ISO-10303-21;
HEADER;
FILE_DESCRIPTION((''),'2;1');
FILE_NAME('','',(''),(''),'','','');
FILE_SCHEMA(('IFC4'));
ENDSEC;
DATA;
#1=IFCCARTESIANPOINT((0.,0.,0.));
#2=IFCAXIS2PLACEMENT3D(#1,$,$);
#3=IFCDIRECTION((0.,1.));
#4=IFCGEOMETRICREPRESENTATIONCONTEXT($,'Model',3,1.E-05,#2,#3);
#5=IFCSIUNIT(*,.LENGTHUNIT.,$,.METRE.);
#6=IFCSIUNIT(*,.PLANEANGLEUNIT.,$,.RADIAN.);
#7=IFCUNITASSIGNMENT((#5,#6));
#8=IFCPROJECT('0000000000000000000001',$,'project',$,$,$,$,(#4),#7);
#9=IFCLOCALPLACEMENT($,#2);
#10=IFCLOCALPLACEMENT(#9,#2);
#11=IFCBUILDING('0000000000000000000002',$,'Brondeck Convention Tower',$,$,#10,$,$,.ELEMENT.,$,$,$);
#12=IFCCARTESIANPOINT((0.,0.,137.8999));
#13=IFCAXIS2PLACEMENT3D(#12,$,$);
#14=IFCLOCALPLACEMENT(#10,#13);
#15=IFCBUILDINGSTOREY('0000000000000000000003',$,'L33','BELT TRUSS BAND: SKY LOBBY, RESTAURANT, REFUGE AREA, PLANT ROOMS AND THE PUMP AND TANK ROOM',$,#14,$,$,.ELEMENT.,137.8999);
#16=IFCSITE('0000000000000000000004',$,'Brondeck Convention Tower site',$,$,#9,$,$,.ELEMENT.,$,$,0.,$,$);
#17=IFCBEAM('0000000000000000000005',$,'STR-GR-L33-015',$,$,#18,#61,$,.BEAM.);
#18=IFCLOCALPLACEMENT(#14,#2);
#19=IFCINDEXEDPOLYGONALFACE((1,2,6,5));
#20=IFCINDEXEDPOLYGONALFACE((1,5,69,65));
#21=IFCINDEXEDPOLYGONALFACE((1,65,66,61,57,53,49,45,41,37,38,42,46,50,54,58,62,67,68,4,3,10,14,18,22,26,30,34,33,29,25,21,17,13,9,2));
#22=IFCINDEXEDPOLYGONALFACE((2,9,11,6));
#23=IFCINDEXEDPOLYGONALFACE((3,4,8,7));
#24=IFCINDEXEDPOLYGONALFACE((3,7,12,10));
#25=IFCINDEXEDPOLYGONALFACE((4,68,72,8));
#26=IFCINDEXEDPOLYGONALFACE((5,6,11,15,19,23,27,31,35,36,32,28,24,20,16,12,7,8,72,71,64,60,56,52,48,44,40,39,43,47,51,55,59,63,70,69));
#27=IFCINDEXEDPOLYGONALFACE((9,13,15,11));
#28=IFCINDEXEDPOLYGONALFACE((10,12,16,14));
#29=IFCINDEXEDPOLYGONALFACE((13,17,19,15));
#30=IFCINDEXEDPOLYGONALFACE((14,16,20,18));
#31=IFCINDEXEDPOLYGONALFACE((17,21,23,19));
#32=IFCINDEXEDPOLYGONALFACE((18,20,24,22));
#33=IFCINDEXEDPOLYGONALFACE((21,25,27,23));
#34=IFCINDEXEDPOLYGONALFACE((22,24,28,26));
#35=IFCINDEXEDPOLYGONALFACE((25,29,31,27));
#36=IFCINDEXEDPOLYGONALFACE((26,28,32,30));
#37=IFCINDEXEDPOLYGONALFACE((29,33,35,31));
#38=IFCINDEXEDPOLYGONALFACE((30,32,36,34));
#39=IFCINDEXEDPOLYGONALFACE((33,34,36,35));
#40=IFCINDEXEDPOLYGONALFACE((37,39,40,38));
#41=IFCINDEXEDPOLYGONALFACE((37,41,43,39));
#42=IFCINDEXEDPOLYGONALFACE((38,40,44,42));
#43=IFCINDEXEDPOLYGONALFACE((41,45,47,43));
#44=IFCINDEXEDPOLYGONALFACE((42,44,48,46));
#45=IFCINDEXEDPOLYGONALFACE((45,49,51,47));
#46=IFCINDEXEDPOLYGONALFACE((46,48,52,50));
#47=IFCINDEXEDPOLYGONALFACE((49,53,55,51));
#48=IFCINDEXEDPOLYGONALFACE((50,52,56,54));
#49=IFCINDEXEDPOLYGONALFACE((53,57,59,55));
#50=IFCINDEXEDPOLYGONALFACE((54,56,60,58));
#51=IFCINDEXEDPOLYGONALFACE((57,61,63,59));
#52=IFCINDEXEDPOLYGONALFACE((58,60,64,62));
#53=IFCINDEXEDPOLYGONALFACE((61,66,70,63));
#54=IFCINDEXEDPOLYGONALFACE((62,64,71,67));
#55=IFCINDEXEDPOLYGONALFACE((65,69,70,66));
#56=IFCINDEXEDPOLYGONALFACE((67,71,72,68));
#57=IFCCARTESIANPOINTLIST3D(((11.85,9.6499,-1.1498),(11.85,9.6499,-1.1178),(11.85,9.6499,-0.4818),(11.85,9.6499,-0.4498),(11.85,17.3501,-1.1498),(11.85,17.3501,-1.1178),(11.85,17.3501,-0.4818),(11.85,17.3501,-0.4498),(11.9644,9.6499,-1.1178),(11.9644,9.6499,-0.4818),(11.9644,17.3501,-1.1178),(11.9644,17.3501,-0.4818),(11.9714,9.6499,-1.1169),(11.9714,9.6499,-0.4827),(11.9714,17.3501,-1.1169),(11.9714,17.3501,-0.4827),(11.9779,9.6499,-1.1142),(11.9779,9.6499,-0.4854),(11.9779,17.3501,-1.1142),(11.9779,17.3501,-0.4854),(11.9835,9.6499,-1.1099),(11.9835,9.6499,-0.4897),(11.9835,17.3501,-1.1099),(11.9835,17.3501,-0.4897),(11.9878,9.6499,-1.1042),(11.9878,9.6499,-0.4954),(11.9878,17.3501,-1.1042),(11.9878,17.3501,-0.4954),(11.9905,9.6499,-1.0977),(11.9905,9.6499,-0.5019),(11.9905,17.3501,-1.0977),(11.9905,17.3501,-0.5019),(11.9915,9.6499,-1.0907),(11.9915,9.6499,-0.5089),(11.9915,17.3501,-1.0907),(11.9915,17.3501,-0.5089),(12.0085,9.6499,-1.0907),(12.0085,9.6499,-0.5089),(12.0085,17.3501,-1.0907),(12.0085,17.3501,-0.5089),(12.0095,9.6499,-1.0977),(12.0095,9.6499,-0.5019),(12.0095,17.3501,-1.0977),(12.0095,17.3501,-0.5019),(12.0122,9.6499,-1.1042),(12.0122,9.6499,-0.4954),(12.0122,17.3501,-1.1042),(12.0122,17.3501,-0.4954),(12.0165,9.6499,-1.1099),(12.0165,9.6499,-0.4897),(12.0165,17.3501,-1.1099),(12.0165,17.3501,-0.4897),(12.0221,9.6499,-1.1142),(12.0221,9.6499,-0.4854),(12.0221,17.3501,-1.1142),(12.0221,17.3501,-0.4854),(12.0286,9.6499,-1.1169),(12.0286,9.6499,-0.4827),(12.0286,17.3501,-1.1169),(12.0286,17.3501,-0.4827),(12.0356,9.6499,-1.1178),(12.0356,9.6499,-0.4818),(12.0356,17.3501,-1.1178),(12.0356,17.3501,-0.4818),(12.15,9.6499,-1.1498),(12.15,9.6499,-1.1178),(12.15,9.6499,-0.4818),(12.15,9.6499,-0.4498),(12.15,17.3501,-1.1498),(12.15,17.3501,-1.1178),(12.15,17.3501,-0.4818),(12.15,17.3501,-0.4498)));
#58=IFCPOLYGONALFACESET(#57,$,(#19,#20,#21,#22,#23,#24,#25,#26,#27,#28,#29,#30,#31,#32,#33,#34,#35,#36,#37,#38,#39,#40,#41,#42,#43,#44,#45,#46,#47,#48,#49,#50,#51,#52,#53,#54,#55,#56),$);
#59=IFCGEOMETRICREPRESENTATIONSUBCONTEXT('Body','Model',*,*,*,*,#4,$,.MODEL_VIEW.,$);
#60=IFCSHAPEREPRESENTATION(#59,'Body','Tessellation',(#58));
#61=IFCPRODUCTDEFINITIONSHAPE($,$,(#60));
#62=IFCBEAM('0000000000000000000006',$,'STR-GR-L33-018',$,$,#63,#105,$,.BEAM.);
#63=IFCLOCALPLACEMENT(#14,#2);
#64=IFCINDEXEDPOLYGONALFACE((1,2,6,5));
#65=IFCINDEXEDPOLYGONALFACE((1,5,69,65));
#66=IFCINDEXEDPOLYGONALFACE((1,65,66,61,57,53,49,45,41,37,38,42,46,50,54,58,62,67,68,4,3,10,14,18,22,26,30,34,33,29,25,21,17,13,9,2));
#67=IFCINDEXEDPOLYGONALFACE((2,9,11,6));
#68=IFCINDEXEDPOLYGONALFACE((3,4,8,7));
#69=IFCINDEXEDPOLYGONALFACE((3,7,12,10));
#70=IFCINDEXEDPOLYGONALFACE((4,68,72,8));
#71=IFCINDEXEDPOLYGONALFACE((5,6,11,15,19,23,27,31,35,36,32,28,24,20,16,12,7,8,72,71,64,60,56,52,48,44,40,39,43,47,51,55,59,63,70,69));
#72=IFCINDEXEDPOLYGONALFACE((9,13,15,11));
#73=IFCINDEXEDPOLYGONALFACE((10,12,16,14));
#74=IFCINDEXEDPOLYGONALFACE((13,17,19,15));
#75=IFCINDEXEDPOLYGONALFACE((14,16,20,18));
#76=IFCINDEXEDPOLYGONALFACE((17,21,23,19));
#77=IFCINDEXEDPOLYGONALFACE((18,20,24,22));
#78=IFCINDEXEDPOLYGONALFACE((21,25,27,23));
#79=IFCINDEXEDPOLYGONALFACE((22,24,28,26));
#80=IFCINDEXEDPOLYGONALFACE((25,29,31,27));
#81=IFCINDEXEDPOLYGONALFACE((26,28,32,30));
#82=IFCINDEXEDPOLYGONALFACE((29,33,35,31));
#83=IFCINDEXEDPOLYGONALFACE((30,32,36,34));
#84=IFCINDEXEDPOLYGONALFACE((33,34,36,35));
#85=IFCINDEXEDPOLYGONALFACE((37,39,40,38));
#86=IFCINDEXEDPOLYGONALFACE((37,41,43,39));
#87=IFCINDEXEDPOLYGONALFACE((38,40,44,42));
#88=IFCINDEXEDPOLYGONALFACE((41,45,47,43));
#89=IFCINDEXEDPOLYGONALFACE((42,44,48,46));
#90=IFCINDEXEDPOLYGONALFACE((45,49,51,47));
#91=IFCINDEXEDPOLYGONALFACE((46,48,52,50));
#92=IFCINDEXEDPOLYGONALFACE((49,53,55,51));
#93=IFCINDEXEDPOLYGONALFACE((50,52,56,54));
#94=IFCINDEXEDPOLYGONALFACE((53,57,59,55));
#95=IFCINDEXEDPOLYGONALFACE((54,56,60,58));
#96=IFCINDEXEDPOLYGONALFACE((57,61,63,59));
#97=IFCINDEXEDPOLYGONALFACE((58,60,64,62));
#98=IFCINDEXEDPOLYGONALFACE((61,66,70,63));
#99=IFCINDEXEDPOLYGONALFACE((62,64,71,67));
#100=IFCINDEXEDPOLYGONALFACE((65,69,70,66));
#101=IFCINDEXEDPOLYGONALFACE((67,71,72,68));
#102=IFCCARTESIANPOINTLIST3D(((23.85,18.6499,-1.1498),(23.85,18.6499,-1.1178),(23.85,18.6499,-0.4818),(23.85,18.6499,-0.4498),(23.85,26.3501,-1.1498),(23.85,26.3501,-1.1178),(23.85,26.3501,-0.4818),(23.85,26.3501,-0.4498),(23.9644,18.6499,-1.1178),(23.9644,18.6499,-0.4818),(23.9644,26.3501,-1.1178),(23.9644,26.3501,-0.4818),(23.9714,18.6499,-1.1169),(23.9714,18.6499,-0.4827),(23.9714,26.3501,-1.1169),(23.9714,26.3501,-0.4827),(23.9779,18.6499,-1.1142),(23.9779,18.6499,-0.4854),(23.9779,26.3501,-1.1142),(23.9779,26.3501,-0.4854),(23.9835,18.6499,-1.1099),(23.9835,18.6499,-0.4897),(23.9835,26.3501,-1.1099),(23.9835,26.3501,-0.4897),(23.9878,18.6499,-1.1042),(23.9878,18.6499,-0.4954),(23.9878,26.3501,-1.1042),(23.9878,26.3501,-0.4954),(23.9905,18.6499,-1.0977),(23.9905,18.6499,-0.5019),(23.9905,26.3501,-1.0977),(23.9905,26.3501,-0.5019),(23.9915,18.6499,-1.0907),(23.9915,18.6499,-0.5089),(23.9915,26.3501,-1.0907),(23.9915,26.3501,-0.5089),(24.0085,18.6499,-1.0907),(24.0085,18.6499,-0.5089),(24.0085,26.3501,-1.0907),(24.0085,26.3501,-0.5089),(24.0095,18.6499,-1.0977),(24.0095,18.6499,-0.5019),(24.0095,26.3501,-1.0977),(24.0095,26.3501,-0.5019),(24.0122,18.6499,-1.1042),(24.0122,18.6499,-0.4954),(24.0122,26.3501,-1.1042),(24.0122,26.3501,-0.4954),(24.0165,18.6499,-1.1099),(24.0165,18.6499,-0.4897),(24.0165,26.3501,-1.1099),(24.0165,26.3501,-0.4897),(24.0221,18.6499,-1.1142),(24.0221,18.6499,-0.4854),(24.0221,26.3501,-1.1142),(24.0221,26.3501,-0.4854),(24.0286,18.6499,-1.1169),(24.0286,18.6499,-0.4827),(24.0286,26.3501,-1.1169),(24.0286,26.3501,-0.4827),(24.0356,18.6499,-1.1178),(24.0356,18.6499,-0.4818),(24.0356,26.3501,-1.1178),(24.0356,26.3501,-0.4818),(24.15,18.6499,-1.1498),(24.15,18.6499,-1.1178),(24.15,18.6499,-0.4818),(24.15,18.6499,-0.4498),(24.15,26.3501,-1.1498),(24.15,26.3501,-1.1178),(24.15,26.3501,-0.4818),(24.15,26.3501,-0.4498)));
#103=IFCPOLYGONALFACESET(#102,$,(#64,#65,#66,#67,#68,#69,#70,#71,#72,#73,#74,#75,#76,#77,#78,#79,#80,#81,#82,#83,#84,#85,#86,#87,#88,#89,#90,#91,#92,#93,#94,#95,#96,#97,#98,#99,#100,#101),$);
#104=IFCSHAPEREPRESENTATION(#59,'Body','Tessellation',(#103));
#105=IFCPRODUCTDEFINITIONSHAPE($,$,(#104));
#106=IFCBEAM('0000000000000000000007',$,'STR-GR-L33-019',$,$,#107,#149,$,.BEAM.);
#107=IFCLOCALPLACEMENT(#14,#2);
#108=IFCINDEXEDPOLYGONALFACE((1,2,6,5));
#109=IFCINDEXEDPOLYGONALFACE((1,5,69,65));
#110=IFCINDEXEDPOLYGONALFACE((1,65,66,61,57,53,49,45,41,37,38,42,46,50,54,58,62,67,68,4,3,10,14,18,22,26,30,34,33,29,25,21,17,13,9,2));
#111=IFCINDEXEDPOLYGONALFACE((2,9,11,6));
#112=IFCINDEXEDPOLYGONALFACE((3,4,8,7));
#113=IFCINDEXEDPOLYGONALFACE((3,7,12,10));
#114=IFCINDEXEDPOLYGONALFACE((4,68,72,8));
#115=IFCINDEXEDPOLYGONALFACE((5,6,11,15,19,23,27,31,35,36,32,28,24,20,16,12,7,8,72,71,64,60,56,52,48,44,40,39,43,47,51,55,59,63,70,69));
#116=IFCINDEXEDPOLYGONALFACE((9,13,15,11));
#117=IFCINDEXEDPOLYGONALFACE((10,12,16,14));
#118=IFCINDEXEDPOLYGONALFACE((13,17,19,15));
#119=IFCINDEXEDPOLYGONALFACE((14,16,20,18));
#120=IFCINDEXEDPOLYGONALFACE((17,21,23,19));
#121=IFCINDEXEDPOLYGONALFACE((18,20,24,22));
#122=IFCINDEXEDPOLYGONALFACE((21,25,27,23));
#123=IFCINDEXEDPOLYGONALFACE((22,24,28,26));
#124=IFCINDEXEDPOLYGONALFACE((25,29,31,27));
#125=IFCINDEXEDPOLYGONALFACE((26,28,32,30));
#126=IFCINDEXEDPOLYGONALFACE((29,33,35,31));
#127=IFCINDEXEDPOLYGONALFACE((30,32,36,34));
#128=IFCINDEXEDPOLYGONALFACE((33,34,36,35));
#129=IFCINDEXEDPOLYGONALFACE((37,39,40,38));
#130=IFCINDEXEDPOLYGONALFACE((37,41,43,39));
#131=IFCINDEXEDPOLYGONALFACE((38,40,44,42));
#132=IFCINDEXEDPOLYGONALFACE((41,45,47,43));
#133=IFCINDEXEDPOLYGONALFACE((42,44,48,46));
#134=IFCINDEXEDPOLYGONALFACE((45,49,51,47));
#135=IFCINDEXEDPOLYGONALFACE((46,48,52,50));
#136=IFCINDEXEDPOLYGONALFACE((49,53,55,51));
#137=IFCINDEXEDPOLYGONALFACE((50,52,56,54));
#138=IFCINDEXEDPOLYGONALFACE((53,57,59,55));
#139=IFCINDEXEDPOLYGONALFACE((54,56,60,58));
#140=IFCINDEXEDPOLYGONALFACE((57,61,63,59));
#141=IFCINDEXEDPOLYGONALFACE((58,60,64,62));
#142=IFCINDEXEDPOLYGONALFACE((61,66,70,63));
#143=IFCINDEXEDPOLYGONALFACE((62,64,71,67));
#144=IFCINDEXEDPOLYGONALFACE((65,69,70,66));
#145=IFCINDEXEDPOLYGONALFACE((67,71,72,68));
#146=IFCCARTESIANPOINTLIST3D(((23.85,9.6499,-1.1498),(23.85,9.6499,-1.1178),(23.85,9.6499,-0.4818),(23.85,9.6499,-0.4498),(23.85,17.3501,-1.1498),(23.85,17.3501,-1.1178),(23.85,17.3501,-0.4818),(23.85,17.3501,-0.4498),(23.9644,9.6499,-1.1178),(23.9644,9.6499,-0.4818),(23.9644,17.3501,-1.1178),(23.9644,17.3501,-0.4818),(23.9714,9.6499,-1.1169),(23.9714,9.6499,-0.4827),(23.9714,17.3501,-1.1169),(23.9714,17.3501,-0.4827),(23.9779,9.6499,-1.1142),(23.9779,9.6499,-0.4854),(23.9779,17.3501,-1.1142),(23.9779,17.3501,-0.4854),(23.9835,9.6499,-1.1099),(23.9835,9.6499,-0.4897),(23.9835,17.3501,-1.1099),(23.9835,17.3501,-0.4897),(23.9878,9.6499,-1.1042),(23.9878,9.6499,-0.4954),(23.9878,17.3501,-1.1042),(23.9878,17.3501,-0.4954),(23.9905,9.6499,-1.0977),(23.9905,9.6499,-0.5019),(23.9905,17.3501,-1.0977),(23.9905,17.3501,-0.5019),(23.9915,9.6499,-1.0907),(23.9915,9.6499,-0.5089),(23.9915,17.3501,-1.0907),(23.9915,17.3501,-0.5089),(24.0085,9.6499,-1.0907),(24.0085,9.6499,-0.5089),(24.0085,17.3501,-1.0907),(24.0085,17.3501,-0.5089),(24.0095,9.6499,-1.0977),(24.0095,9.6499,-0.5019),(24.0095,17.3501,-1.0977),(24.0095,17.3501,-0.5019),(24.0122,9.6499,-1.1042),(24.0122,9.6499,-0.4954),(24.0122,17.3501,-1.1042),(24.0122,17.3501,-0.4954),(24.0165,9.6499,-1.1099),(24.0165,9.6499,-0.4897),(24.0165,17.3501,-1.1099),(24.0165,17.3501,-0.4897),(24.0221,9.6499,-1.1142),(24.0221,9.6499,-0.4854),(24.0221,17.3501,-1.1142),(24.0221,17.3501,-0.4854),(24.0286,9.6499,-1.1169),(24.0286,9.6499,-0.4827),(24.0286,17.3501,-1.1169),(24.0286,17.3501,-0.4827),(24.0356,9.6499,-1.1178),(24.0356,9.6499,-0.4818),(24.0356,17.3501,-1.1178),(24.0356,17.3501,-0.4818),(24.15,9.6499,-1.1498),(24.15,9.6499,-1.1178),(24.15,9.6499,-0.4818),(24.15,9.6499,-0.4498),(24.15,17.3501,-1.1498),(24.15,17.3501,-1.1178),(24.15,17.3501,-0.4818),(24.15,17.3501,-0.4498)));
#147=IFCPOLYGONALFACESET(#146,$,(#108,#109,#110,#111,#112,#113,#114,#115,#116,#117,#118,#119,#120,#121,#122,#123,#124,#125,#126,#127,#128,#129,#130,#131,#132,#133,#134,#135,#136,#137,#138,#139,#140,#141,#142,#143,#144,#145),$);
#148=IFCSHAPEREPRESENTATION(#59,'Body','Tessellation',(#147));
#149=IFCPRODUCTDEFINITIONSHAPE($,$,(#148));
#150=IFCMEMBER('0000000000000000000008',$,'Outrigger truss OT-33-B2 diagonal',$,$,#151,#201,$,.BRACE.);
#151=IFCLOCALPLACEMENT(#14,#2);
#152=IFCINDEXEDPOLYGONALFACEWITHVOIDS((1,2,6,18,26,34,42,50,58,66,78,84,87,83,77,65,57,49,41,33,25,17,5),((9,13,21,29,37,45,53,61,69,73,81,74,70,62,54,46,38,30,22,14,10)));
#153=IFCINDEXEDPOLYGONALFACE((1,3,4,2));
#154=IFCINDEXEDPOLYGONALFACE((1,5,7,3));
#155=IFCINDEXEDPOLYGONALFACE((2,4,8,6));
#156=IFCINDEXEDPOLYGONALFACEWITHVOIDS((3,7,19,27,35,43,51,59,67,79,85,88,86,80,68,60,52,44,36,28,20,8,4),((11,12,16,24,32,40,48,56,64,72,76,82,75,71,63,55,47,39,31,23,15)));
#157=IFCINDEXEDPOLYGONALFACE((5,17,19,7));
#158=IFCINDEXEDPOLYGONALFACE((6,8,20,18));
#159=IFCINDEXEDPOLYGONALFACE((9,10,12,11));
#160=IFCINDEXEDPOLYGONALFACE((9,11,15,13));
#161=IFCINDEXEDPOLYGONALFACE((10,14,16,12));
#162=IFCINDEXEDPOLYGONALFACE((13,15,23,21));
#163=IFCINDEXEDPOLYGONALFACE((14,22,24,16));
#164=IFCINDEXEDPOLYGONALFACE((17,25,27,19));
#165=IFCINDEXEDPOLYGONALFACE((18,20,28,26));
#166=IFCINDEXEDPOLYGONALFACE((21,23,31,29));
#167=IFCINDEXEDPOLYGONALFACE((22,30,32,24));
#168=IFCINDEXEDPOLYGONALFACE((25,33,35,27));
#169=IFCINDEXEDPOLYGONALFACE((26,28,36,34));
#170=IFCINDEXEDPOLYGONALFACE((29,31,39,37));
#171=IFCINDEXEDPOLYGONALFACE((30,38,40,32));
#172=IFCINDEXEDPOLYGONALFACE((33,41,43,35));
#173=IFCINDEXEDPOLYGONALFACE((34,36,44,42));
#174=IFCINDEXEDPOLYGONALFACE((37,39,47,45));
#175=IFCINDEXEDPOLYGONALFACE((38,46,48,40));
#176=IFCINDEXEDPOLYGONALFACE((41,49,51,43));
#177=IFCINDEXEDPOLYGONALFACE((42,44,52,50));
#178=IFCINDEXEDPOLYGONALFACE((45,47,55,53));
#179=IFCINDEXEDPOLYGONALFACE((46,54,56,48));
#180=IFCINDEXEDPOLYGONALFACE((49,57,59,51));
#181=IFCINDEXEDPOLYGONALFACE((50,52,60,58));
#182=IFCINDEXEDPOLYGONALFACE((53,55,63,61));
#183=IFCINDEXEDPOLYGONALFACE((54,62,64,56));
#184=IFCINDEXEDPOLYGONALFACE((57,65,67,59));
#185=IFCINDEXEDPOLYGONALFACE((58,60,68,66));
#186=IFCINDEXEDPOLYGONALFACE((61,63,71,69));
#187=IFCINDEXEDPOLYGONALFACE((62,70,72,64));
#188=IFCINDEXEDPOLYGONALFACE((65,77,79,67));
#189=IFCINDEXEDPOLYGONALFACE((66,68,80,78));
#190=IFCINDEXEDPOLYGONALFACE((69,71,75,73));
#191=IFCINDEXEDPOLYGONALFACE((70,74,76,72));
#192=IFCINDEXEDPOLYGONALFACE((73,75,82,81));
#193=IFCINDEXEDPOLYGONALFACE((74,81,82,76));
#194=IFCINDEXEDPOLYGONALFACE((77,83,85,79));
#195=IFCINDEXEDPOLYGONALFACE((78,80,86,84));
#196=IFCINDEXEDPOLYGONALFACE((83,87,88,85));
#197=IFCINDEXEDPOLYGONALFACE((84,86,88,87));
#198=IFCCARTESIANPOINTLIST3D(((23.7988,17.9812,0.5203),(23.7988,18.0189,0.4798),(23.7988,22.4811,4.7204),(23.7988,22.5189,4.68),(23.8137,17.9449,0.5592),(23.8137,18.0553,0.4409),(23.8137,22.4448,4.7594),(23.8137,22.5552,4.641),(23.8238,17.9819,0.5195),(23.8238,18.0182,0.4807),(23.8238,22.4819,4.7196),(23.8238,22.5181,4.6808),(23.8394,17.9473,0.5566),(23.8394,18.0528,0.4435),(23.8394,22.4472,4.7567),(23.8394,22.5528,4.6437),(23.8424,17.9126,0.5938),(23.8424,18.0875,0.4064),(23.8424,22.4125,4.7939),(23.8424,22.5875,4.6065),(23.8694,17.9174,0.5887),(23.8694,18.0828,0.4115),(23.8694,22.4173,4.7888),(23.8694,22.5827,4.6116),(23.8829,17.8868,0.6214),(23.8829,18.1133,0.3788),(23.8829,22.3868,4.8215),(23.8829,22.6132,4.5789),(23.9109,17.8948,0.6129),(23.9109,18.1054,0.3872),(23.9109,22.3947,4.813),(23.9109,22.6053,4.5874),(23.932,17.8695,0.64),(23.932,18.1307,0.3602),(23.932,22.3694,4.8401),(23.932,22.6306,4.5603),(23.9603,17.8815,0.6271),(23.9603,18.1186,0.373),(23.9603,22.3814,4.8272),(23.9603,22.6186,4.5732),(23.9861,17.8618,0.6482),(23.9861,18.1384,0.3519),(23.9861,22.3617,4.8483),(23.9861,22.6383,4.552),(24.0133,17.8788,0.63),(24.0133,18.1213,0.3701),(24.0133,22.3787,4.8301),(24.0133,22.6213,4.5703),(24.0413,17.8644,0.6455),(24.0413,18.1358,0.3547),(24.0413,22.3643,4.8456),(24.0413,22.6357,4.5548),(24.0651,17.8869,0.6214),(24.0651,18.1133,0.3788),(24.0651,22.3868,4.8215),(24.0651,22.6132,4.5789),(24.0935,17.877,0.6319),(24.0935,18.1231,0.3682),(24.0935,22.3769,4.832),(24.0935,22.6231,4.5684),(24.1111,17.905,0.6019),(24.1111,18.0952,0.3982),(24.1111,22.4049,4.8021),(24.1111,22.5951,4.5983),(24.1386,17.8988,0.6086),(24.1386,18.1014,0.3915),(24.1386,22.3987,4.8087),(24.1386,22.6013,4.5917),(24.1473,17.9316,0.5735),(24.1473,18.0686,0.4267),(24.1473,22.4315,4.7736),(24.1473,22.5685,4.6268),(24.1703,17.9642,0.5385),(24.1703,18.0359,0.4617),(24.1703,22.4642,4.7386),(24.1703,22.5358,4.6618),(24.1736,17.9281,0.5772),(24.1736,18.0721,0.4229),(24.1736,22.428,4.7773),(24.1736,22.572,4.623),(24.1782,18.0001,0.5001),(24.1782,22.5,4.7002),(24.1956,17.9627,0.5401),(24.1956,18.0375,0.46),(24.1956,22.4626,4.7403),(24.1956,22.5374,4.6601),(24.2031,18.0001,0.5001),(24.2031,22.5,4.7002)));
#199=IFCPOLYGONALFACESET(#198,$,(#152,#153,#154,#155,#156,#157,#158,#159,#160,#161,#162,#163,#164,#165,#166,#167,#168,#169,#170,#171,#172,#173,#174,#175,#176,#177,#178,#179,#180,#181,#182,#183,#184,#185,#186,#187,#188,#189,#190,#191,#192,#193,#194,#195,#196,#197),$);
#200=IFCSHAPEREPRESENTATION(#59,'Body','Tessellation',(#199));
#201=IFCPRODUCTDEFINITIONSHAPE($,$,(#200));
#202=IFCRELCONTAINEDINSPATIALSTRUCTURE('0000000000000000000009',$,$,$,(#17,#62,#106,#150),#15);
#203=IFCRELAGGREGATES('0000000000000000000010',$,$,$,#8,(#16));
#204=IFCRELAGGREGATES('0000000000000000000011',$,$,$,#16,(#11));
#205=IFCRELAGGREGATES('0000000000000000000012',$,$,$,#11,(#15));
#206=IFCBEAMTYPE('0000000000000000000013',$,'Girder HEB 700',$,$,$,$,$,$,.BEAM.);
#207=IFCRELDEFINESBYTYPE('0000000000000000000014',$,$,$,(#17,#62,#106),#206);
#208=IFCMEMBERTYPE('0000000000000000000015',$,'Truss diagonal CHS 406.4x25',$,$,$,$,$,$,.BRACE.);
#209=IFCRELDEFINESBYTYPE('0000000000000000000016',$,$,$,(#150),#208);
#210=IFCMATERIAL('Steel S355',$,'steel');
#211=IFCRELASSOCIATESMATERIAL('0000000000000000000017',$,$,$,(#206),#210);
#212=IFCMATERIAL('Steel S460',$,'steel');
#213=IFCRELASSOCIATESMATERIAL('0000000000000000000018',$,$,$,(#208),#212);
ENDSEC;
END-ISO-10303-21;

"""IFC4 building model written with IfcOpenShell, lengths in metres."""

from ifc_helpers import new_model, si_unit, direction, frame, origin, origin_2d, place, context, subcontext, project, spatial, hollow_circle, i_section, extrude, material, material_profile, profile_set, type_object, element, save


model = new_model("IFC4")

# Units and contexts
model_context = context("Model", 3, precision=1e-05, world=origin(), true_north=direction((0.0, 1.0)))
body_context = subcontext(model_context, "Body", "Model", "MODEL_VIEW")
ifc_project = project(units=[si_unit("LENGTHUNIT", "METRE"), si_unit("PLANEANGLEUNIT", "RADIAN")], contexts=[model_context])

# Site, building, storey
site_placement = place(None, origin())
site = spatial("IfcSite", under=ifc_project, at=site_placement, Name="Brondeck Convention Tower site", CompositionType="ELEMENT", RefElevation=0.0)
building_placement = place(site_placement, origin())
building = spatial("IfcBuilding", under=site, at=building_placement, Name="Brondeck Convention Tower", CompositionType="ELEMENT")
storey_placement = place(building_placement, frame((0.0, 0.0, 137.8999)))
storey = spatial("IfcBuildingStorey", under=building, at=storey_placement, Name="L33", Description="BELT TRUSS BAND: SKY LOBBY, RESTAURANT, REFUGE AREA, PLANT ROOMS AND THE PUMP AND TANK ROOM", CompositionType="ELEMENT", Elevation=137.8999)

# Beams
ifc_material_1 = material(Name="Steel S355", Category="steel")
ifc_material_profile_1 = material_profile(ifc_material_1, i_section(OverallWidth=0.3, OverallDepth=0.7, WebThickness=0.0171, FlangeThickness=0.032, FilletRadius=0.0271, at=origin_2d()), Name="HEB 700")
ifc_profile_set_1 = profile_set([ifc_material_profile_1], Name="Steel S355")
beam_type_1 = type_object("IfcBeamType", Name="Girder HEB 700", PredefinedType="BEAM", material=ifc_profile_set_1)
for number, where, z_axis, x_axis, name in (
    (1, (12.0, 17.3501, -0.7998), (0.0, -1.0, 0.0), (1.0, 0.0, 0.0), "STR-GR-L33-015"),
    (2, (24.0, 26.3501, -0.7998), (0.0, -1.0, 0.0), (1.0, 0.0, 0.0), "STR-GR-L33-018"),
    (3, (24.0, 17.3501, -0.7998), (0.0, -1.0, 0.0), (1.0, 0.0, 0.0), "STR-GR-L33-019"),
):
    element("IfcBeam", number, at=place(storey_placement, frame(where, z_axis=z_axis, x_axis=x_axis)), inside=storey, type_object=beam_type_1, Name=name, PredefinedType="BEAM", context=body_context, shape_type="SweptSolid", body=[
        extrude(i_section(OverallWidth=0.3, OverallDepth=0.7, WebThickness=0.0171, FlangeThickness=0.032, FilletRadius=0.0271, at=origin_2d()), origin(), (0.0, 0.0, 1.0), 7.7002),
    ])

# Member
ifc_material_2 = material(Name="Steel S460", Category="steel")
ifc_material_profile_2 = material_profile(ifc_material_2, hollow_circle(Radius=0.2031, WallThickness=0.0249, at=origin_2d()), Name="CHS 406.4x25")
ifc_profile_set_2 = profile_set([ifc_material_profile_2], Name="Steel S460")
member_type_1 = type_object("IfcMemberType", Name="Truss diagonal CHS 406.4x25", PredefinedType="BRACE", material=ifc_profile_set_2)
for number, where, z_axis, x_axis, name in (
    (4, (24.0, 22.5, 4.7002), (0.0, -0.731039, -0.682335), (1.0, 0.0, 0.0), "Outrigger truss OT-33-B2 diagonal"),
):
    element("IfcMember", number, at=place(storey_placement, frame(where, z_axis=z_axis, x_axis=x_axis)), inside=storey, type_object=member_type_1, Name=name, PredefinedType="BRACE", context=body_context, shape_type="SweptSolid", body=[
        extrude(hollow_circle(Radius=0.2031, WallThickness=0.0249, at=origin_2d()), origin(), (0.0, 0.0, 1.0), 6.1555),
    ])

save(model, "model.ifc")
